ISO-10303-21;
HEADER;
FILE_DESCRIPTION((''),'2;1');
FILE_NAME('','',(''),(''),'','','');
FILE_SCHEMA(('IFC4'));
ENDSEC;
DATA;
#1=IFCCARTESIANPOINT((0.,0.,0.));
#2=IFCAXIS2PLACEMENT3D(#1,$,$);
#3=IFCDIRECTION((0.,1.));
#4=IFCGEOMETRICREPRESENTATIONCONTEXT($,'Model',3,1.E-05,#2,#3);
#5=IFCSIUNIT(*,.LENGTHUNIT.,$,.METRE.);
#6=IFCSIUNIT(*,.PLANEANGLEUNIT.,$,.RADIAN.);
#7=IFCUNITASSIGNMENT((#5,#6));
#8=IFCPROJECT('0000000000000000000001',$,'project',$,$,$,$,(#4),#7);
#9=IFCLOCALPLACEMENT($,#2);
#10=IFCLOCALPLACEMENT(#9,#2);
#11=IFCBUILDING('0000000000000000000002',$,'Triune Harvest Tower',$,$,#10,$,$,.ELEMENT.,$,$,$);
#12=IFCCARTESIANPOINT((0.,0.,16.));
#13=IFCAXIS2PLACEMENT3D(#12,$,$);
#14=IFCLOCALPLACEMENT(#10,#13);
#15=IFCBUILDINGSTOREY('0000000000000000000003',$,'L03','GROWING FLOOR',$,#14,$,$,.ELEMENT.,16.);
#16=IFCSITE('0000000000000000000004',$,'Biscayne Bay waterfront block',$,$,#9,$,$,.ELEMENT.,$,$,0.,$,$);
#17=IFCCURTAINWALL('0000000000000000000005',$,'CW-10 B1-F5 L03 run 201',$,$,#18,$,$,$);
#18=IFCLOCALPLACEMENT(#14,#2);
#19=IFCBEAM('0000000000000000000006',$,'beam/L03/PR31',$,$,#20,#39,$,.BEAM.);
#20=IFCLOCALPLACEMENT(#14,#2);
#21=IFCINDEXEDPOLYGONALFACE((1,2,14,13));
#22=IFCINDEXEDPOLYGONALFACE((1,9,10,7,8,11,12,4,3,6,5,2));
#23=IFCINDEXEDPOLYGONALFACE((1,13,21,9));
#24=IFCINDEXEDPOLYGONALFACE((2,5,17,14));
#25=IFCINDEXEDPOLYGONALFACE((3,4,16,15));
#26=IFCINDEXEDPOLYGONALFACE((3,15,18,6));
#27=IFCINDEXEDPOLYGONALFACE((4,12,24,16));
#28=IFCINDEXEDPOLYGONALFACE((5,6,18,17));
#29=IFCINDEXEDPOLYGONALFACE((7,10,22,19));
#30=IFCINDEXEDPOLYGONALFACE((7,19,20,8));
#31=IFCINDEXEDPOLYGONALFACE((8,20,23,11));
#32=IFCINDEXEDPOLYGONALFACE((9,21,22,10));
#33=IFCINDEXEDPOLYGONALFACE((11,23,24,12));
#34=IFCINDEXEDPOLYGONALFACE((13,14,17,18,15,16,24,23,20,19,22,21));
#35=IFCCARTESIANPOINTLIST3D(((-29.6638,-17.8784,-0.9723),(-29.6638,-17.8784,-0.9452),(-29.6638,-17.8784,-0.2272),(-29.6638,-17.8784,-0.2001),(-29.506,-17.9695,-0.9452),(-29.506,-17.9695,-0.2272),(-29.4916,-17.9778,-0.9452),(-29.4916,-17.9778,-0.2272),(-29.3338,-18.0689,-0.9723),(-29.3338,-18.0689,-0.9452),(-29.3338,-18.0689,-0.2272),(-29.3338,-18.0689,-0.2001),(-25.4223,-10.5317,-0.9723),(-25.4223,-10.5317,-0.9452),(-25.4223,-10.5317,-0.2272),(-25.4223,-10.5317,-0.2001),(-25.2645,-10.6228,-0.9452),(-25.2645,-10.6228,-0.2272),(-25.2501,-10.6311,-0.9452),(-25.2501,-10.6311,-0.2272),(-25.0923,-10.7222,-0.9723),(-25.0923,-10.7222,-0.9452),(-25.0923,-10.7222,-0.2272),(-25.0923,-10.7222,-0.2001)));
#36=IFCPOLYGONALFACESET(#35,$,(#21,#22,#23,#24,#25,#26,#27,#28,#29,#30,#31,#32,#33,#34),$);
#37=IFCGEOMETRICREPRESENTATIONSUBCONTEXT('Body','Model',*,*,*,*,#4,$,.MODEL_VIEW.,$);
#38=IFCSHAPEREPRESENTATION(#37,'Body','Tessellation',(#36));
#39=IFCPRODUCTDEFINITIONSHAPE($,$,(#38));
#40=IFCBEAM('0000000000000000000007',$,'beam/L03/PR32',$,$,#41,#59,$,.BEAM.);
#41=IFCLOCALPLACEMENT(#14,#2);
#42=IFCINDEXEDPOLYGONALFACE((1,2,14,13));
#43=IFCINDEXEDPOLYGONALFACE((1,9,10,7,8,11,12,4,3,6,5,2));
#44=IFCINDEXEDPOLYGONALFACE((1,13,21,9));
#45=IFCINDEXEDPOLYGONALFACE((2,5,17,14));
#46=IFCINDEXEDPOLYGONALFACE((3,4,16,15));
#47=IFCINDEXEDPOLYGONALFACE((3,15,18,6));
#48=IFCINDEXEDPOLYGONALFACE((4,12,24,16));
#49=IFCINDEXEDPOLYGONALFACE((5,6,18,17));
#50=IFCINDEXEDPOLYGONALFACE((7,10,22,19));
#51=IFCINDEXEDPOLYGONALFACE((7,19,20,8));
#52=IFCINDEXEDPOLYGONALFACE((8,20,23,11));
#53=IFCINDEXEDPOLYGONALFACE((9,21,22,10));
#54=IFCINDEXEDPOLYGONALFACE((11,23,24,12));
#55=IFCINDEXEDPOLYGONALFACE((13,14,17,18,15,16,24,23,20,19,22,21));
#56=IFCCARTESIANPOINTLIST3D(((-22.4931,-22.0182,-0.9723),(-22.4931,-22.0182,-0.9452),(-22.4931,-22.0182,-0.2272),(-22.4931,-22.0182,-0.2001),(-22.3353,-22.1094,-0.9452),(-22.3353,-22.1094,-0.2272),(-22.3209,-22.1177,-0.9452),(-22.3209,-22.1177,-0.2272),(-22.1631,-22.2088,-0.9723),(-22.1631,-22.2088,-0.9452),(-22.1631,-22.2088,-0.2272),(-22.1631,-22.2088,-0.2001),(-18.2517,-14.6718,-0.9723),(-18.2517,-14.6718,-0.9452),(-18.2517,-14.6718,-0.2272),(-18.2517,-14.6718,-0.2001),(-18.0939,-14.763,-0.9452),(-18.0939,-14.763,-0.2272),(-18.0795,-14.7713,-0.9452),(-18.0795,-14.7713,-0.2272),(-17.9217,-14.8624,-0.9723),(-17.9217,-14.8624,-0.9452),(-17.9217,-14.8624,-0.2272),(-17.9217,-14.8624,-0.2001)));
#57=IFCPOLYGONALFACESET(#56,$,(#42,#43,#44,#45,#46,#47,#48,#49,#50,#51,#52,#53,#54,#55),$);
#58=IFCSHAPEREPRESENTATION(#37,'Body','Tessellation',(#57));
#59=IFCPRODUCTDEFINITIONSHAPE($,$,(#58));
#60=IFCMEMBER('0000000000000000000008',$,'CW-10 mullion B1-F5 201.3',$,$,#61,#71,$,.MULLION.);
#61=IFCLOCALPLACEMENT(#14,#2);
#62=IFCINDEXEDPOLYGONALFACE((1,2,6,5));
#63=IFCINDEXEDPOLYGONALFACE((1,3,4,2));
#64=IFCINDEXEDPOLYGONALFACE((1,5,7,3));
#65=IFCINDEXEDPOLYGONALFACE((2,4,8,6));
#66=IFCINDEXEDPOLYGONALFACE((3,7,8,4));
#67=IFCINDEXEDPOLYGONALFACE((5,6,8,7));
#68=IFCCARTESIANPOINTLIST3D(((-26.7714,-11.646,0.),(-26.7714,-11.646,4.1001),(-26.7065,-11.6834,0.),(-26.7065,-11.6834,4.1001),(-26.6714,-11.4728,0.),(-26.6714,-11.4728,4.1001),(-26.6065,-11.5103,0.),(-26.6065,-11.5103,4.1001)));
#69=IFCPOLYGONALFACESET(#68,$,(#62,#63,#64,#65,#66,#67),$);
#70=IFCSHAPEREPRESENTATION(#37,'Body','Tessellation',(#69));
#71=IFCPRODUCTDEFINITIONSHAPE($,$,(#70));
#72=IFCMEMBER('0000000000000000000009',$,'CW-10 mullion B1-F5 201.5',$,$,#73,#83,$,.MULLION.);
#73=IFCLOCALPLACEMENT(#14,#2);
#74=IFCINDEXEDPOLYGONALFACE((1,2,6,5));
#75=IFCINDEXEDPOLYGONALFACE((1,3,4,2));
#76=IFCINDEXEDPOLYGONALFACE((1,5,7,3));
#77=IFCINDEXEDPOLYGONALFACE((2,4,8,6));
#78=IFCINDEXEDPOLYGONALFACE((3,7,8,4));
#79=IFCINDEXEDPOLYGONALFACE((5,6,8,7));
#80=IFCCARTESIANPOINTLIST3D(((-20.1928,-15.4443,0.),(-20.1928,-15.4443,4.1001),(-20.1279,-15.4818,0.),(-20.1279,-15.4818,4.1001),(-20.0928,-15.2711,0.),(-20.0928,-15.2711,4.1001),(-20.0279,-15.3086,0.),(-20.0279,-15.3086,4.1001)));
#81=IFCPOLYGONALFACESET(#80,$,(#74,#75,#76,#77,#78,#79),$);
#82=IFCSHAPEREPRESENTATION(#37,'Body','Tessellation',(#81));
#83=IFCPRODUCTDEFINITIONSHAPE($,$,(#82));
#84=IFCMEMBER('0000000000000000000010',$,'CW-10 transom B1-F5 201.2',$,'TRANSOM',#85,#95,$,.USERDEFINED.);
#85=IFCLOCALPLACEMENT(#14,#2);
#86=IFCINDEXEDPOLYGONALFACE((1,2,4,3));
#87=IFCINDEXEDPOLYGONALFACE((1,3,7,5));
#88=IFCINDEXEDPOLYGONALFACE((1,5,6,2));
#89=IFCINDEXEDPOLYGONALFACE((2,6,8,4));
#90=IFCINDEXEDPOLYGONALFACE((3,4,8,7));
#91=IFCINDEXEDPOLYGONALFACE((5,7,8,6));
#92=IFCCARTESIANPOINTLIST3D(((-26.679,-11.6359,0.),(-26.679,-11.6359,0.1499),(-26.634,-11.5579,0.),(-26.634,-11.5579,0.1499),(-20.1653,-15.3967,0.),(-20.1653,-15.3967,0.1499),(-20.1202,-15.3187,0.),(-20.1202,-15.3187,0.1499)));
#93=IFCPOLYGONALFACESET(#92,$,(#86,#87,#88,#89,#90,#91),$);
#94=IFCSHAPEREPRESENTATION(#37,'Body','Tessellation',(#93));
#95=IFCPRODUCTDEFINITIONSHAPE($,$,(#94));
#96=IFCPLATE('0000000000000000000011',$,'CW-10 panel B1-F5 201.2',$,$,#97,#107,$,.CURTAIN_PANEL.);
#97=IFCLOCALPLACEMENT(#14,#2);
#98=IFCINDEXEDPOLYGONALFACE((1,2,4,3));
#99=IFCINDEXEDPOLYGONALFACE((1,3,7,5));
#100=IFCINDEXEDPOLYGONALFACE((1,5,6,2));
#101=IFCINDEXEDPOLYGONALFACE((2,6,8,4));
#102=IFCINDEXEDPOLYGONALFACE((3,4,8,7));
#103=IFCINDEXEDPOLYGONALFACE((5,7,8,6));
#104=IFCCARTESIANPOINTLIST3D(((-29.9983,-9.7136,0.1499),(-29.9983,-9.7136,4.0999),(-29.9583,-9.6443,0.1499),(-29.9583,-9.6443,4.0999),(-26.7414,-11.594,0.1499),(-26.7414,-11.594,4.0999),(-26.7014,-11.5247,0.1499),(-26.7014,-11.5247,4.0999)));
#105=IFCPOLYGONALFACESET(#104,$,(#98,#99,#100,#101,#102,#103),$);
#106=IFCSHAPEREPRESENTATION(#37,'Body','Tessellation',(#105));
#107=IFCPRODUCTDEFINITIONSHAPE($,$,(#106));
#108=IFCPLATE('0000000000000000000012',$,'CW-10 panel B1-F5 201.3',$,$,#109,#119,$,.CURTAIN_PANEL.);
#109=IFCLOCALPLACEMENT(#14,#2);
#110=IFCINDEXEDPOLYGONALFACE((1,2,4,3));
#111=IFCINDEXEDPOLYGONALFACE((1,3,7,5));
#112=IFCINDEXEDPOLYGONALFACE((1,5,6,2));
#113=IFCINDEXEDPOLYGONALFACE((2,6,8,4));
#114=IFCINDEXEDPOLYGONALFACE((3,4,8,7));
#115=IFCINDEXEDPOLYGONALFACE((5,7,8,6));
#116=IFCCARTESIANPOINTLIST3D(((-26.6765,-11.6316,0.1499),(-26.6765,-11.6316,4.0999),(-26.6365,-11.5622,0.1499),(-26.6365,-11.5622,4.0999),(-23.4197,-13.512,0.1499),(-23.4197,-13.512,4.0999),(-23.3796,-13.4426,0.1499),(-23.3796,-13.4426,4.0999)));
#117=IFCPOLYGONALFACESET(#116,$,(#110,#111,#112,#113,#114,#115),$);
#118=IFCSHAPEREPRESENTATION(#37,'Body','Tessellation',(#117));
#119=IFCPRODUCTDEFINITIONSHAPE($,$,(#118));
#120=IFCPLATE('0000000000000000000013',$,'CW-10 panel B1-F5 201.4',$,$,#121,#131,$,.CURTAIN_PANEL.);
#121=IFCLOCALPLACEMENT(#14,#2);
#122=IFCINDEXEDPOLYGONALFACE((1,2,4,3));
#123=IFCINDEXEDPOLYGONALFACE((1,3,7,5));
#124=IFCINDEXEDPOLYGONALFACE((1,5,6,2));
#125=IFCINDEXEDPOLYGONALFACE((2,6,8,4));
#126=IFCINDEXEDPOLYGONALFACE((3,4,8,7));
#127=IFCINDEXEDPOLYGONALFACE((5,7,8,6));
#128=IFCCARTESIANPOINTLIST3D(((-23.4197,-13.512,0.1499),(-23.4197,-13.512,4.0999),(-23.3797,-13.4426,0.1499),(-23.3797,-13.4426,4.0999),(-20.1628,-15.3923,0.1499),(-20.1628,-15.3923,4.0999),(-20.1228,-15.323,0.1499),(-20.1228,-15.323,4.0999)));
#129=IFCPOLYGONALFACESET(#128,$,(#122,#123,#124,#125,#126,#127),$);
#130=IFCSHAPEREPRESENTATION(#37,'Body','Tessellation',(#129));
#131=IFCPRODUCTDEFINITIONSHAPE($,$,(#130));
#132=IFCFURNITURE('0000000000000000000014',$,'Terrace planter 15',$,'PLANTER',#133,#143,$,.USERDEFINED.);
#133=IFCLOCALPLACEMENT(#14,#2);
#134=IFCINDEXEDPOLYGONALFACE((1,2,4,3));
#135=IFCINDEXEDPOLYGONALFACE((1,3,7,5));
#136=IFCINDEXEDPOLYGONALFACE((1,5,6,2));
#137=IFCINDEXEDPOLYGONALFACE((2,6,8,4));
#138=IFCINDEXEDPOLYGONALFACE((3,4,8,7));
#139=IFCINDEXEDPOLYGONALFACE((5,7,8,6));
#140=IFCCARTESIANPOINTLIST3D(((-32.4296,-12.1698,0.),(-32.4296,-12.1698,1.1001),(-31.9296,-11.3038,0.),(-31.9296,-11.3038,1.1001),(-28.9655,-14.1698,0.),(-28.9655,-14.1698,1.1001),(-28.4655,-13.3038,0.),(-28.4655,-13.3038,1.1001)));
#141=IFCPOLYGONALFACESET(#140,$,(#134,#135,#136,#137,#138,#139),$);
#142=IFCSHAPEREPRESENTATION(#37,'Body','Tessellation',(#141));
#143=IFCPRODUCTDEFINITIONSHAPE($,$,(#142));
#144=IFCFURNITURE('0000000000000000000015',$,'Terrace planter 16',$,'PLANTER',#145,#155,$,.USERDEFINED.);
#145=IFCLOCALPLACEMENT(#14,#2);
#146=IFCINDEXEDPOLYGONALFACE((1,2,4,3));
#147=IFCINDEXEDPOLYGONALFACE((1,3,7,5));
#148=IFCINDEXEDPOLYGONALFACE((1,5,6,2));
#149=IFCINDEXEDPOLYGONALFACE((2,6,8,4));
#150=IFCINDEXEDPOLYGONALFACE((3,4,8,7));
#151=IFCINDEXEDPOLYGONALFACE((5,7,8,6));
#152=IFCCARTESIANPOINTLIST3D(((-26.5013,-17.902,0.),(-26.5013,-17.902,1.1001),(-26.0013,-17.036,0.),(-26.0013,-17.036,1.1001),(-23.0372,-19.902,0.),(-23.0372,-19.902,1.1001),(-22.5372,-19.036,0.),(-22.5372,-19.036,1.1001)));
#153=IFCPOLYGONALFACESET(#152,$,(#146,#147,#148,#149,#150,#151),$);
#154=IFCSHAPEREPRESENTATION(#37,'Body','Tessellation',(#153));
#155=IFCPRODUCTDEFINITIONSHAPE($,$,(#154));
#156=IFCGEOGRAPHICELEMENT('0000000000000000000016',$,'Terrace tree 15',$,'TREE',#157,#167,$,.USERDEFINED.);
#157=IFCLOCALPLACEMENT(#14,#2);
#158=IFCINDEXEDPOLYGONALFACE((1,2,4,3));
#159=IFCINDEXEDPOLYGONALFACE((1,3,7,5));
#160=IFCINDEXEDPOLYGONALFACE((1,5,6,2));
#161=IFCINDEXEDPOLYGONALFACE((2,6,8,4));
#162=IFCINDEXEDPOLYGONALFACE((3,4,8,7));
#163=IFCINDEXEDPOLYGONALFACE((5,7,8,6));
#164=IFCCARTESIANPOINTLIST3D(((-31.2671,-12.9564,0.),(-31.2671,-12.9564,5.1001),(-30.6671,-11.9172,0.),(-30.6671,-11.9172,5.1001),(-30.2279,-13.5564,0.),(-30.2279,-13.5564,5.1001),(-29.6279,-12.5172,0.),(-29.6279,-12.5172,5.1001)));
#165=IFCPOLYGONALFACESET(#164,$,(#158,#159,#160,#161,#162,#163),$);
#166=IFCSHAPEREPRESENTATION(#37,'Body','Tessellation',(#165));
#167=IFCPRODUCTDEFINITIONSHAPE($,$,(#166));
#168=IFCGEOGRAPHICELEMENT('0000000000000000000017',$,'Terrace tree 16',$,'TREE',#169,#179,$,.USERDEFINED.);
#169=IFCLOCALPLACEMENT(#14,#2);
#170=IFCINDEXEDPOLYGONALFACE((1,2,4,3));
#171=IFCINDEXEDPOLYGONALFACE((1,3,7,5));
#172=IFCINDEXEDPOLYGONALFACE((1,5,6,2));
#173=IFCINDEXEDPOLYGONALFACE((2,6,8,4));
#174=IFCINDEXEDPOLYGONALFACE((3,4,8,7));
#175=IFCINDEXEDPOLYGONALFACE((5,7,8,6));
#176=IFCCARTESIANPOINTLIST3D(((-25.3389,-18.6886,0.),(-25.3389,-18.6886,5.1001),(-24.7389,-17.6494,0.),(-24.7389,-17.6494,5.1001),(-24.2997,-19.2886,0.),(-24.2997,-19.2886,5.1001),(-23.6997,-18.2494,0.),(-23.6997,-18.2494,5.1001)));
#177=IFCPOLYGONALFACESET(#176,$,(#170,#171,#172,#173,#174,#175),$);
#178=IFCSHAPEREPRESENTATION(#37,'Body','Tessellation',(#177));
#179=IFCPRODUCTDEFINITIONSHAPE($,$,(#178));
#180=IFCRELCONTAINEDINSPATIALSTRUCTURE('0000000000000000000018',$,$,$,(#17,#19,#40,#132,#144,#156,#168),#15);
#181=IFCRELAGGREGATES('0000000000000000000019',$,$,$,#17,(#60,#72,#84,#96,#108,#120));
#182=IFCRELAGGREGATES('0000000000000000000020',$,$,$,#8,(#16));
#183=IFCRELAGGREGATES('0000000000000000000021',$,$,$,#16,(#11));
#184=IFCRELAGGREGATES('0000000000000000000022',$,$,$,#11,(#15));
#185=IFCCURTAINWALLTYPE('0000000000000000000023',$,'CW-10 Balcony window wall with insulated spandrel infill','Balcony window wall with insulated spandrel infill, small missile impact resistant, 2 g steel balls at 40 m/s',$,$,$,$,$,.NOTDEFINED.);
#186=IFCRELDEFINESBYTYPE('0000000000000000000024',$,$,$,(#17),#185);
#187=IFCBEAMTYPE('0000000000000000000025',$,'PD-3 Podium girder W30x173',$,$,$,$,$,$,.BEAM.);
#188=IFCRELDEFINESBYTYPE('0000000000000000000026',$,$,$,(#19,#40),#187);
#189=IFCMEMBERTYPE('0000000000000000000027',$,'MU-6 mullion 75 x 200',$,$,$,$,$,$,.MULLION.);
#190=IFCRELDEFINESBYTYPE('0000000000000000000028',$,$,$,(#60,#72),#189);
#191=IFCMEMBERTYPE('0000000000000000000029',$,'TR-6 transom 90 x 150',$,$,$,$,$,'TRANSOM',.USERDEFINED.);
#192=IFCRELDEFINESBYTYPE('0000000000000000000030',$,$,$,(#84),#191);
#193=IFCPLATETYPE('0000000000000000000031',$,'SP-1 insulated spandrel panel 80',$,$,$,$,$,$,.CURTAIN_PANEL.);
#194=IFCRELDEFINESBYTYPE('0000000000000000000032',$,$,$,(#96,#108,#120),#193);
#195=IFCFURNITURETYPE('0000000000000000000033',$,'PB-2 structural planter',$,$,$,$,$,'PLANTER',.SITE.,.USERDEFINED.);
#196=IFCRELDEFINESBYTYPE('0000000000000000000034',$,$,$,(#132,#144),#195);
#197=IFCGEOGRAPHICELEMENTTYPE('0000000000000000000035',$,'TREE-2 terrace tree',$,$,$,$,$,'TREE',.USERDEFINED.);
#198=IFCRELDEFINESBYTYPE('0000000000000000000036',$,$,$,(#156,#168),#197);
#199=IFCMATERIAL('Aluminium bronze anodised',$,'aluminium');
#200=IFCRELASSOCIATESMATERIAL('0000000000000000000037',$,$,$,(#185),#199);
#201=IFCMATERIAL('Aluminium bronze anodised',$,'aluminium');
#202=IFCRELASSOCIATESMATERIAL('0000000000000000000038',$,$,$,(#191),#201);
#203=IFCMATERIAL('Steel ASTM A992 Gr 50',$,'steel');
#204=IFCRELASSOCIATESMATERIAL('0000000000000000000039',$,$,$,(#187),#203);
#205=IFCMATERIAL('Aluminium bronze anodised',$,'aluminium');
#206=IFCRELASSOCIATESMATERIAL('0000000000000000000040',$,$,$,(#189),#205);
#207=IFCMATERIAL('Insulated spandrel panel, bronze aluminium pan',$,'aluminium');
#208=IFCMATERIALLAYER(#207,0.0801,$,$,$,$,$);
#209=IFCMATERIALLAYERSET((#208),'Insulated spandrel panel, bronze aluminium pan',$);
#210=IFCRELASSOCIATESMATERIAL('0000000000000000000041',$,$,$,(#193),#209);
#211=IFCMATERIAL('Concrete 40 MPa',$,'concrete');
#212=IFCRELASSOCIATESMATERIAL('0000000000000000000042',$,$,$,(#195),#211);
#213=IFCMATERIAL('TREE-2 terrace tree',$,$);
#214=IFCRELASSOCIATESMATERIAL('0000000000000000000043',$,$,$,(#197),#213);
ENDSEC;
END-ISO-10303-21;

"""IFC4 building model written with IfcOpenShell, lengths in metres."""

from ifc_helpers import new_model, si_unit, direction, frame, origin, origin_2d, place, context, subcontext, project, spatial, rectangle, i_section, extrude, source, transform, mapped, material, layer, layer_set, material_profile, profile_set, type_object, element, aggregate, save


model = new_model("IFC4")

# Units and contexts
model_context = context("Model", 3, precision=1e-05, world=origin(), true_north=direction((0.0, 1.0)))
body_context = subcontext(model_context, "Body", "Model", "MODEL_VIEW")
ifc_project = project(units=[si_unit("LENGTHUNIT", "METRE"), si_unit("PLANEANGLEUNIT", "RADIAN")], contexts=[model_context])

# Site, building, storey
site_placement = place(None, origin())
site = spatial("IfcSite", under=ifc_project, at=site_placement, Name="Biscayne Bay waterfront block", CompositionType="ELEMENT", RefElevation=0.0)
building_placement = place(site_placement, origin())
building = spatial("IfcBuilding", under=site, at=building_placement, Name="Triune Harvest Tower", CompositionType="ELEMENT")
storey_placement = place(building_placement, frame((0.0, 0.0, 16.0)))
storey = spatial("IfcBuildingStorey", under=building, at=storey_placement, Name="L03", Description="GROWING FLOOR", CompositionType="ELEMENT", Elevation=16.0)

# Curtain wall
ifc_material_1 = material(Name="Aluminium bronze anodised", Category="aluminium")
curtain_wall_type = type_object("IfcCurtainWallType", Name="CW-10 Balcony window wall with insulated spandrel infill", Description="Balcony window wall with insulated spandrel infill, small missile impact resistant, 2 g steel balls at 40 m/s", PredefinedType="NOTDEFINED", material=ifc_material_1)
curtain_wall_placement = place(storey_placement, origin())
curtain_wall = element("IfcCurtainWall", 1, at=curtain_wall_placement, inside=storey, type_object=curtain_wall_type, Name="CW-10 B1-F5 L03 run 201")
ifc_material_2 = material(Name="Aluminium bronze anodised", Category="aluminium")
ifc_material_profile_1 = material_profile(ifc_material_2, rectangle(XDim=0.0901, YDim=0.1499, at=origin_2d()), Name="TR-6 transom 90 x 150")
ifc_profile_set_1 = profile_set([ifc_material_profile_1], Name="Aluminium bronze anodised")
member_type_1 = type_object("IfcMemberType", Name="TR-6 transom 90 x 150", ElementType="TRANSOM", PredefinedType="USERDEFINED", material=ifc_profile_set_1)

# Beams
ifc_material_3 = material(Name="Steel ASTM A992 Gr 50", Category="steel")
ifc_material_profile_2 = material_profile(ifc_material_3, i_section(OverallWidth=0.3811, OverallDepth=0.7722, WebThickness=0.0166, FlangeThickness=0.0271, at=origin_2d()), Name="W30x173")
ifc_profile_set_2 = profile_set([ifc_material_profile_2], Name="Steel ASTM A992 Gr 50")
beam_type_1 = type_object("IfcBeamType", Name="PD-3 Podium girder W30x173", PredefinedType="BEAM", material=ifc_profile_set_2)
shared_shape_1 = source(origin(), body_context, "Body", "SweptSolid", [
    extrude(i_section(OverallWidth=0.3811, OverallDepth=0.7722, WebThickness=0.0166, FlangeThickness=0.0271, at=origin_2d()), origin(), (0.0, 0.0, 1.0), 8.4832),
])
beam_1_placement = place(storey_placement, frame((-29.4988, -17.9736, -0.5862), z_axis=(0.499987, 0.866033, 0.0), x_axis=(-0.866033, 0.499987, 0.0)))
element("IfcBeam", 2, at=beam_1_placement, inside=storey, type_object=beam_type_1, Name="beam/L03/PR31", PredefinedType="BEAM", context=body_context, shape_type="MappedRepresentation", body=[
    mapped(shared_shape_1, transform((0.0, 0.0, 0.0), scale=1.0)),
])
shared_shape_2 = source(origin(), body_context, "Body", "SweptSolid", [
    extrude(i_section(OverallWidth=0.3811, OverallDepth=0.7722, WebThickness=0.0166, FlangeThickness=0.0271, at=origin_2d()), origin(), (0.0, 0.0, 1.0), 8.4829),
])
beam_2_placement = place(storey_placement, frame((-22.3281, -22.1135, -0.5862), z_axis=(0.499999, 0.866026, 0.0), x_axis=(-0.866026, 0.499999, 0.0)))
element("IfcBeam", 3, at=beam_2_placement, inside=storey, type_object=beam_type_1, Name="beam/L03/PR32", PredefinedType="BEAM", context=body_context, shape_type="MappedRepresentation", body=[
    mapped(shared_shape_2, transform((0.0, 0.0, 0.0), scale=1.0)),
])

# Members
ifc_material_4 = material(Name="Aluminium bronze anodised", Category="aluminium")
ifc_material_profile_3 = material_profile(ifc_material_4, rectangle(XDim=0.2, YDim=0.075, at=origin_2d()), Name="MU-6 mullion 75 x 200")
ifc_profile_set_3 = profile_set([ifc_material_profile_3], Name="Aluminium bronze anodised")
member_type_2 = type_object("IfcMemberType", Name="MU-6 mullion 75 x 200", PredefinedType="MULLION", material=ifc_profile_set_3)
shared_shape_3 = source(origin(), body_context, "Body", "SweptSolid", [
    extrude(rectangle(XDim=0.2, YDim=0.075, at=origin_2d()), origin(), (0.0, 0.0, 1.0), 4.1001),
])
member_1_placement = place(storey_placement, frame((-26.689, -11.5781, 0.0), z_axis=(0.0, 0.0, 1.0), x_axis=(0.500004, 0.866023, 0.0)))
member_1 = element("IfcMember", 4, at=member_1_placement, type_object=member_type_2, Name="CW-10 mullion B1-F5 201.3", PredefinedType="MULLION", context=body_context, shape_type="MappedRepresentation", body=[
    mapped(shared_shape_3, transform((0.0, 0.0, 0.0), scale=1.0)),
])
member_2_placement = place(storey_placement, frame((-20.1104, -15.3765, 0.0), z_axis=(0.0, 0.0, 1.0), x_axis=(0.500004, 0.866023, 0.0)))
member_2 = element("IfcMember", 5, at=member_2_placement, type_object=member_type_2, Name="CW-10 mullion B1-F5 201.5", PredefinedType="MULLION", context=body_context, shape_type="MappedRepresentation", body=[
    mapped(shared_shape_3, transform((0.0, 0.0, 0.0), scale=1.0)),
])
shared_shape_4 = source(origin(), body_context, "Body", "SweptSolid", [
    extrude(rectangle(XDim=0.0901, YDim=0.1499, at=origin_2d()), origin(), (0.0, 0.0, 1.0), 7.5215),
])
member_3_placement = place(storey_placement, frame((-26.6565, -11.5969, 0.075), z_axis=(0.866021, -0.500007, 0.0), x_axis=(0.500007, 0.866021, 0.0)))
member_3 = element("IfcMember", 6, at=member_3_placement, type_object=member_type_1, Name="CW-10 transom B1-F5 201.2", ObjectType="TRANSOM", PredefinedType="USERDEFINED", context=body_context, shape_type="MappedRepresentation", body=[
    mapped(shared_shape_4, transform((0.0, 0.0, 0.0), scale=1.0)),
])

# Plates
ifc_material_5 = material(Name="Insulated spandrel panel, bronze aluminium pan", Category="aluminium")
ifc_layer = layer(ifc_material_5, 0.0801)
ifc_layer_set = layer_set([ifc_layer], Name="Insulated spandrel panel, bronze aluminium pan")
plate_type = type_object("IfcPlateType", Name="SP-1 insulated spandrel panel 80", PredefinedType="CURTAIN_PANEL", material=ifc_layer_set)
shared_shape_5 = source(origin(), body_context, "Body", "SweptSolid", [
    extrude(rectangle(XDim=3.7607, YDim=0.0801, at=origin_2d()), origin(), (0.0, 0.0, 1.0), 3.95),
])
plate_1_placement = place(storey_placement, frame((-28.3499, -10.6191, 0.1499), z_axis=(0.0, 0.0, 1.0), x_axis=(0.866023, -0.500004, 0.0)))
plate_1 = element("IfcPlate", 7, at=plate_1_placement, type_object=plate_type, Name="CW-10 panel B1-F5 201.2", PredefinedType="CURTAIN_PANEL", context=body_context, shape_type="MappedRepresentation", body=[
    mapped(shared_shape_5, transform((0.0, 0.0, 0.0), scale=1.0)),
])
plate_2_placement = place(storey_placement, frame((-25.0281, -12.5371, 0.1499), z_axis=(0.0, 0.0, 1.0), x_axis=(0.866023, -0.500004, 0.0)))
plate_2 = element("IfcPlate", 8, at=plate_2_placement, type_object=plate_type, Name="CW-10 panel B1-F5 201.3", PredefinedType="CURTAIN_PANEL", context=body_context, shape_type="MappedRepresentation", body=[
    mapped(shared_shape_5, transform((0.0, 0.0, 0.0), scale=1.0)),
])
plate_3_placement = place(storey_placement, frame((-21.7712, -14.4175, 0.1499), z_axis=(0.0, 0.0, 1.0), x_axis=(0.866023, -0.500004, 0.0)))
plate_3 = element("IfcPlate", 9, at=plate_3_placement, type_object=plate_type, Name="CW-10 panel B1-F5 201.4", PredefinedType="CURTAIN_PANEL", context=body_context, shape_type="MappedRepresentation", body=[
    mapped(shared_shape_5, transform((0.0, 0.0, 0.0), scale=1.0)),
])
aggregate(curtain_wall, [member_1, member_2, member_3, plate_1, plate_2, plate_3])

# Furniture
ifc_material_6 = material(Name="Concrete 40 MPa", Category="concrete")
furniture_type = type_object("IfcFurnitureType", Name="PB-2 structural planter", ElementType="PLANTER", AssemblyPlace="SITE", PredefinedType="USERDEFINED", material=ifc_material_6)
shared_shape_6 = source(origin(), body_context, "Body", "SweptSolid", [
    extrude(rectangle(XDim=4.0, YDim=1.0, at=origin_2d()), origin(), (0.0, 0.0, 1.0), 1.1001),
])
for number, where, z_axis, x_axis, name in (
    (10, (-30.4475, -12.7368, 0.0), (0.0, 0.0, 1.0), (0.866025, -0.5, 0.0), "Terrace planter 15"),
    (11, (-24.5193, -18.469, 0.0), (0.0, 0.0, 1.0), (0.866025, -0.5, 0.0), "Terrace planter 16"),
):
    element("IfcFurniture", number, at=place(storey_placement, frame(where, z_axis=z_axis, x_axis=x_axis)), inside=storey, type_object=furniture_type, Name=name, ObjectType="PLANTER", PredefinedType="USERDEFINED", context=body_context, shape_type="MappedRepresentation", body=[
        mapped(shared_shape_6, transform((0.0, 0.0, 0.0), scale=1.0)),
    ])

# Geographic elements
ifc_material_7 = material(Name="TREE-2 terrace tree")
geographic_element_type = type_object("IfcGeographicElementType", Name="TREE-2 terrace tree", ElementType="TREE", PredefinedType="USERDEFINED", material=ifc_material_7)
shared_shape_7 = source(origin(), body_context, "Body", "SweptSolid", [
    extrude(rectangle(XDim=1.2, YDim=1.2, at=origin_2d()), origin(), (0.0, 0.0, 1.0), 5.1001),
])
for number, where, z_axis, x_axis, name in (
    (12, (-30.4475, -12.7368, 0.0), (0.0, 0.0, 1.0), (0.866025, -0.5, 0.0), "Terrace tree 15"),
    (13, (-24.5193, -18.469, 0.0), (0.0, 0.0, 1.0), (0.866025, -0.5, 0.0), "Terrace tree 16"),
):
    element("IfcGeographicElement", number, at=place(storey_placement, frame(where, z_axis=z_axis, x_axis=x_axis)), inside=storey, type_object=geographic_element_type, Name=name, ObjectType="TREE", PredefinedType="USERDEFINED", context=body_context, shape_type="MappedRepresentation", body=[
        mapped(shared_shape_7, transform((0.0, 0.0, 0.0), scale=1.0)),
    ])

save(model, "model.ifc")
